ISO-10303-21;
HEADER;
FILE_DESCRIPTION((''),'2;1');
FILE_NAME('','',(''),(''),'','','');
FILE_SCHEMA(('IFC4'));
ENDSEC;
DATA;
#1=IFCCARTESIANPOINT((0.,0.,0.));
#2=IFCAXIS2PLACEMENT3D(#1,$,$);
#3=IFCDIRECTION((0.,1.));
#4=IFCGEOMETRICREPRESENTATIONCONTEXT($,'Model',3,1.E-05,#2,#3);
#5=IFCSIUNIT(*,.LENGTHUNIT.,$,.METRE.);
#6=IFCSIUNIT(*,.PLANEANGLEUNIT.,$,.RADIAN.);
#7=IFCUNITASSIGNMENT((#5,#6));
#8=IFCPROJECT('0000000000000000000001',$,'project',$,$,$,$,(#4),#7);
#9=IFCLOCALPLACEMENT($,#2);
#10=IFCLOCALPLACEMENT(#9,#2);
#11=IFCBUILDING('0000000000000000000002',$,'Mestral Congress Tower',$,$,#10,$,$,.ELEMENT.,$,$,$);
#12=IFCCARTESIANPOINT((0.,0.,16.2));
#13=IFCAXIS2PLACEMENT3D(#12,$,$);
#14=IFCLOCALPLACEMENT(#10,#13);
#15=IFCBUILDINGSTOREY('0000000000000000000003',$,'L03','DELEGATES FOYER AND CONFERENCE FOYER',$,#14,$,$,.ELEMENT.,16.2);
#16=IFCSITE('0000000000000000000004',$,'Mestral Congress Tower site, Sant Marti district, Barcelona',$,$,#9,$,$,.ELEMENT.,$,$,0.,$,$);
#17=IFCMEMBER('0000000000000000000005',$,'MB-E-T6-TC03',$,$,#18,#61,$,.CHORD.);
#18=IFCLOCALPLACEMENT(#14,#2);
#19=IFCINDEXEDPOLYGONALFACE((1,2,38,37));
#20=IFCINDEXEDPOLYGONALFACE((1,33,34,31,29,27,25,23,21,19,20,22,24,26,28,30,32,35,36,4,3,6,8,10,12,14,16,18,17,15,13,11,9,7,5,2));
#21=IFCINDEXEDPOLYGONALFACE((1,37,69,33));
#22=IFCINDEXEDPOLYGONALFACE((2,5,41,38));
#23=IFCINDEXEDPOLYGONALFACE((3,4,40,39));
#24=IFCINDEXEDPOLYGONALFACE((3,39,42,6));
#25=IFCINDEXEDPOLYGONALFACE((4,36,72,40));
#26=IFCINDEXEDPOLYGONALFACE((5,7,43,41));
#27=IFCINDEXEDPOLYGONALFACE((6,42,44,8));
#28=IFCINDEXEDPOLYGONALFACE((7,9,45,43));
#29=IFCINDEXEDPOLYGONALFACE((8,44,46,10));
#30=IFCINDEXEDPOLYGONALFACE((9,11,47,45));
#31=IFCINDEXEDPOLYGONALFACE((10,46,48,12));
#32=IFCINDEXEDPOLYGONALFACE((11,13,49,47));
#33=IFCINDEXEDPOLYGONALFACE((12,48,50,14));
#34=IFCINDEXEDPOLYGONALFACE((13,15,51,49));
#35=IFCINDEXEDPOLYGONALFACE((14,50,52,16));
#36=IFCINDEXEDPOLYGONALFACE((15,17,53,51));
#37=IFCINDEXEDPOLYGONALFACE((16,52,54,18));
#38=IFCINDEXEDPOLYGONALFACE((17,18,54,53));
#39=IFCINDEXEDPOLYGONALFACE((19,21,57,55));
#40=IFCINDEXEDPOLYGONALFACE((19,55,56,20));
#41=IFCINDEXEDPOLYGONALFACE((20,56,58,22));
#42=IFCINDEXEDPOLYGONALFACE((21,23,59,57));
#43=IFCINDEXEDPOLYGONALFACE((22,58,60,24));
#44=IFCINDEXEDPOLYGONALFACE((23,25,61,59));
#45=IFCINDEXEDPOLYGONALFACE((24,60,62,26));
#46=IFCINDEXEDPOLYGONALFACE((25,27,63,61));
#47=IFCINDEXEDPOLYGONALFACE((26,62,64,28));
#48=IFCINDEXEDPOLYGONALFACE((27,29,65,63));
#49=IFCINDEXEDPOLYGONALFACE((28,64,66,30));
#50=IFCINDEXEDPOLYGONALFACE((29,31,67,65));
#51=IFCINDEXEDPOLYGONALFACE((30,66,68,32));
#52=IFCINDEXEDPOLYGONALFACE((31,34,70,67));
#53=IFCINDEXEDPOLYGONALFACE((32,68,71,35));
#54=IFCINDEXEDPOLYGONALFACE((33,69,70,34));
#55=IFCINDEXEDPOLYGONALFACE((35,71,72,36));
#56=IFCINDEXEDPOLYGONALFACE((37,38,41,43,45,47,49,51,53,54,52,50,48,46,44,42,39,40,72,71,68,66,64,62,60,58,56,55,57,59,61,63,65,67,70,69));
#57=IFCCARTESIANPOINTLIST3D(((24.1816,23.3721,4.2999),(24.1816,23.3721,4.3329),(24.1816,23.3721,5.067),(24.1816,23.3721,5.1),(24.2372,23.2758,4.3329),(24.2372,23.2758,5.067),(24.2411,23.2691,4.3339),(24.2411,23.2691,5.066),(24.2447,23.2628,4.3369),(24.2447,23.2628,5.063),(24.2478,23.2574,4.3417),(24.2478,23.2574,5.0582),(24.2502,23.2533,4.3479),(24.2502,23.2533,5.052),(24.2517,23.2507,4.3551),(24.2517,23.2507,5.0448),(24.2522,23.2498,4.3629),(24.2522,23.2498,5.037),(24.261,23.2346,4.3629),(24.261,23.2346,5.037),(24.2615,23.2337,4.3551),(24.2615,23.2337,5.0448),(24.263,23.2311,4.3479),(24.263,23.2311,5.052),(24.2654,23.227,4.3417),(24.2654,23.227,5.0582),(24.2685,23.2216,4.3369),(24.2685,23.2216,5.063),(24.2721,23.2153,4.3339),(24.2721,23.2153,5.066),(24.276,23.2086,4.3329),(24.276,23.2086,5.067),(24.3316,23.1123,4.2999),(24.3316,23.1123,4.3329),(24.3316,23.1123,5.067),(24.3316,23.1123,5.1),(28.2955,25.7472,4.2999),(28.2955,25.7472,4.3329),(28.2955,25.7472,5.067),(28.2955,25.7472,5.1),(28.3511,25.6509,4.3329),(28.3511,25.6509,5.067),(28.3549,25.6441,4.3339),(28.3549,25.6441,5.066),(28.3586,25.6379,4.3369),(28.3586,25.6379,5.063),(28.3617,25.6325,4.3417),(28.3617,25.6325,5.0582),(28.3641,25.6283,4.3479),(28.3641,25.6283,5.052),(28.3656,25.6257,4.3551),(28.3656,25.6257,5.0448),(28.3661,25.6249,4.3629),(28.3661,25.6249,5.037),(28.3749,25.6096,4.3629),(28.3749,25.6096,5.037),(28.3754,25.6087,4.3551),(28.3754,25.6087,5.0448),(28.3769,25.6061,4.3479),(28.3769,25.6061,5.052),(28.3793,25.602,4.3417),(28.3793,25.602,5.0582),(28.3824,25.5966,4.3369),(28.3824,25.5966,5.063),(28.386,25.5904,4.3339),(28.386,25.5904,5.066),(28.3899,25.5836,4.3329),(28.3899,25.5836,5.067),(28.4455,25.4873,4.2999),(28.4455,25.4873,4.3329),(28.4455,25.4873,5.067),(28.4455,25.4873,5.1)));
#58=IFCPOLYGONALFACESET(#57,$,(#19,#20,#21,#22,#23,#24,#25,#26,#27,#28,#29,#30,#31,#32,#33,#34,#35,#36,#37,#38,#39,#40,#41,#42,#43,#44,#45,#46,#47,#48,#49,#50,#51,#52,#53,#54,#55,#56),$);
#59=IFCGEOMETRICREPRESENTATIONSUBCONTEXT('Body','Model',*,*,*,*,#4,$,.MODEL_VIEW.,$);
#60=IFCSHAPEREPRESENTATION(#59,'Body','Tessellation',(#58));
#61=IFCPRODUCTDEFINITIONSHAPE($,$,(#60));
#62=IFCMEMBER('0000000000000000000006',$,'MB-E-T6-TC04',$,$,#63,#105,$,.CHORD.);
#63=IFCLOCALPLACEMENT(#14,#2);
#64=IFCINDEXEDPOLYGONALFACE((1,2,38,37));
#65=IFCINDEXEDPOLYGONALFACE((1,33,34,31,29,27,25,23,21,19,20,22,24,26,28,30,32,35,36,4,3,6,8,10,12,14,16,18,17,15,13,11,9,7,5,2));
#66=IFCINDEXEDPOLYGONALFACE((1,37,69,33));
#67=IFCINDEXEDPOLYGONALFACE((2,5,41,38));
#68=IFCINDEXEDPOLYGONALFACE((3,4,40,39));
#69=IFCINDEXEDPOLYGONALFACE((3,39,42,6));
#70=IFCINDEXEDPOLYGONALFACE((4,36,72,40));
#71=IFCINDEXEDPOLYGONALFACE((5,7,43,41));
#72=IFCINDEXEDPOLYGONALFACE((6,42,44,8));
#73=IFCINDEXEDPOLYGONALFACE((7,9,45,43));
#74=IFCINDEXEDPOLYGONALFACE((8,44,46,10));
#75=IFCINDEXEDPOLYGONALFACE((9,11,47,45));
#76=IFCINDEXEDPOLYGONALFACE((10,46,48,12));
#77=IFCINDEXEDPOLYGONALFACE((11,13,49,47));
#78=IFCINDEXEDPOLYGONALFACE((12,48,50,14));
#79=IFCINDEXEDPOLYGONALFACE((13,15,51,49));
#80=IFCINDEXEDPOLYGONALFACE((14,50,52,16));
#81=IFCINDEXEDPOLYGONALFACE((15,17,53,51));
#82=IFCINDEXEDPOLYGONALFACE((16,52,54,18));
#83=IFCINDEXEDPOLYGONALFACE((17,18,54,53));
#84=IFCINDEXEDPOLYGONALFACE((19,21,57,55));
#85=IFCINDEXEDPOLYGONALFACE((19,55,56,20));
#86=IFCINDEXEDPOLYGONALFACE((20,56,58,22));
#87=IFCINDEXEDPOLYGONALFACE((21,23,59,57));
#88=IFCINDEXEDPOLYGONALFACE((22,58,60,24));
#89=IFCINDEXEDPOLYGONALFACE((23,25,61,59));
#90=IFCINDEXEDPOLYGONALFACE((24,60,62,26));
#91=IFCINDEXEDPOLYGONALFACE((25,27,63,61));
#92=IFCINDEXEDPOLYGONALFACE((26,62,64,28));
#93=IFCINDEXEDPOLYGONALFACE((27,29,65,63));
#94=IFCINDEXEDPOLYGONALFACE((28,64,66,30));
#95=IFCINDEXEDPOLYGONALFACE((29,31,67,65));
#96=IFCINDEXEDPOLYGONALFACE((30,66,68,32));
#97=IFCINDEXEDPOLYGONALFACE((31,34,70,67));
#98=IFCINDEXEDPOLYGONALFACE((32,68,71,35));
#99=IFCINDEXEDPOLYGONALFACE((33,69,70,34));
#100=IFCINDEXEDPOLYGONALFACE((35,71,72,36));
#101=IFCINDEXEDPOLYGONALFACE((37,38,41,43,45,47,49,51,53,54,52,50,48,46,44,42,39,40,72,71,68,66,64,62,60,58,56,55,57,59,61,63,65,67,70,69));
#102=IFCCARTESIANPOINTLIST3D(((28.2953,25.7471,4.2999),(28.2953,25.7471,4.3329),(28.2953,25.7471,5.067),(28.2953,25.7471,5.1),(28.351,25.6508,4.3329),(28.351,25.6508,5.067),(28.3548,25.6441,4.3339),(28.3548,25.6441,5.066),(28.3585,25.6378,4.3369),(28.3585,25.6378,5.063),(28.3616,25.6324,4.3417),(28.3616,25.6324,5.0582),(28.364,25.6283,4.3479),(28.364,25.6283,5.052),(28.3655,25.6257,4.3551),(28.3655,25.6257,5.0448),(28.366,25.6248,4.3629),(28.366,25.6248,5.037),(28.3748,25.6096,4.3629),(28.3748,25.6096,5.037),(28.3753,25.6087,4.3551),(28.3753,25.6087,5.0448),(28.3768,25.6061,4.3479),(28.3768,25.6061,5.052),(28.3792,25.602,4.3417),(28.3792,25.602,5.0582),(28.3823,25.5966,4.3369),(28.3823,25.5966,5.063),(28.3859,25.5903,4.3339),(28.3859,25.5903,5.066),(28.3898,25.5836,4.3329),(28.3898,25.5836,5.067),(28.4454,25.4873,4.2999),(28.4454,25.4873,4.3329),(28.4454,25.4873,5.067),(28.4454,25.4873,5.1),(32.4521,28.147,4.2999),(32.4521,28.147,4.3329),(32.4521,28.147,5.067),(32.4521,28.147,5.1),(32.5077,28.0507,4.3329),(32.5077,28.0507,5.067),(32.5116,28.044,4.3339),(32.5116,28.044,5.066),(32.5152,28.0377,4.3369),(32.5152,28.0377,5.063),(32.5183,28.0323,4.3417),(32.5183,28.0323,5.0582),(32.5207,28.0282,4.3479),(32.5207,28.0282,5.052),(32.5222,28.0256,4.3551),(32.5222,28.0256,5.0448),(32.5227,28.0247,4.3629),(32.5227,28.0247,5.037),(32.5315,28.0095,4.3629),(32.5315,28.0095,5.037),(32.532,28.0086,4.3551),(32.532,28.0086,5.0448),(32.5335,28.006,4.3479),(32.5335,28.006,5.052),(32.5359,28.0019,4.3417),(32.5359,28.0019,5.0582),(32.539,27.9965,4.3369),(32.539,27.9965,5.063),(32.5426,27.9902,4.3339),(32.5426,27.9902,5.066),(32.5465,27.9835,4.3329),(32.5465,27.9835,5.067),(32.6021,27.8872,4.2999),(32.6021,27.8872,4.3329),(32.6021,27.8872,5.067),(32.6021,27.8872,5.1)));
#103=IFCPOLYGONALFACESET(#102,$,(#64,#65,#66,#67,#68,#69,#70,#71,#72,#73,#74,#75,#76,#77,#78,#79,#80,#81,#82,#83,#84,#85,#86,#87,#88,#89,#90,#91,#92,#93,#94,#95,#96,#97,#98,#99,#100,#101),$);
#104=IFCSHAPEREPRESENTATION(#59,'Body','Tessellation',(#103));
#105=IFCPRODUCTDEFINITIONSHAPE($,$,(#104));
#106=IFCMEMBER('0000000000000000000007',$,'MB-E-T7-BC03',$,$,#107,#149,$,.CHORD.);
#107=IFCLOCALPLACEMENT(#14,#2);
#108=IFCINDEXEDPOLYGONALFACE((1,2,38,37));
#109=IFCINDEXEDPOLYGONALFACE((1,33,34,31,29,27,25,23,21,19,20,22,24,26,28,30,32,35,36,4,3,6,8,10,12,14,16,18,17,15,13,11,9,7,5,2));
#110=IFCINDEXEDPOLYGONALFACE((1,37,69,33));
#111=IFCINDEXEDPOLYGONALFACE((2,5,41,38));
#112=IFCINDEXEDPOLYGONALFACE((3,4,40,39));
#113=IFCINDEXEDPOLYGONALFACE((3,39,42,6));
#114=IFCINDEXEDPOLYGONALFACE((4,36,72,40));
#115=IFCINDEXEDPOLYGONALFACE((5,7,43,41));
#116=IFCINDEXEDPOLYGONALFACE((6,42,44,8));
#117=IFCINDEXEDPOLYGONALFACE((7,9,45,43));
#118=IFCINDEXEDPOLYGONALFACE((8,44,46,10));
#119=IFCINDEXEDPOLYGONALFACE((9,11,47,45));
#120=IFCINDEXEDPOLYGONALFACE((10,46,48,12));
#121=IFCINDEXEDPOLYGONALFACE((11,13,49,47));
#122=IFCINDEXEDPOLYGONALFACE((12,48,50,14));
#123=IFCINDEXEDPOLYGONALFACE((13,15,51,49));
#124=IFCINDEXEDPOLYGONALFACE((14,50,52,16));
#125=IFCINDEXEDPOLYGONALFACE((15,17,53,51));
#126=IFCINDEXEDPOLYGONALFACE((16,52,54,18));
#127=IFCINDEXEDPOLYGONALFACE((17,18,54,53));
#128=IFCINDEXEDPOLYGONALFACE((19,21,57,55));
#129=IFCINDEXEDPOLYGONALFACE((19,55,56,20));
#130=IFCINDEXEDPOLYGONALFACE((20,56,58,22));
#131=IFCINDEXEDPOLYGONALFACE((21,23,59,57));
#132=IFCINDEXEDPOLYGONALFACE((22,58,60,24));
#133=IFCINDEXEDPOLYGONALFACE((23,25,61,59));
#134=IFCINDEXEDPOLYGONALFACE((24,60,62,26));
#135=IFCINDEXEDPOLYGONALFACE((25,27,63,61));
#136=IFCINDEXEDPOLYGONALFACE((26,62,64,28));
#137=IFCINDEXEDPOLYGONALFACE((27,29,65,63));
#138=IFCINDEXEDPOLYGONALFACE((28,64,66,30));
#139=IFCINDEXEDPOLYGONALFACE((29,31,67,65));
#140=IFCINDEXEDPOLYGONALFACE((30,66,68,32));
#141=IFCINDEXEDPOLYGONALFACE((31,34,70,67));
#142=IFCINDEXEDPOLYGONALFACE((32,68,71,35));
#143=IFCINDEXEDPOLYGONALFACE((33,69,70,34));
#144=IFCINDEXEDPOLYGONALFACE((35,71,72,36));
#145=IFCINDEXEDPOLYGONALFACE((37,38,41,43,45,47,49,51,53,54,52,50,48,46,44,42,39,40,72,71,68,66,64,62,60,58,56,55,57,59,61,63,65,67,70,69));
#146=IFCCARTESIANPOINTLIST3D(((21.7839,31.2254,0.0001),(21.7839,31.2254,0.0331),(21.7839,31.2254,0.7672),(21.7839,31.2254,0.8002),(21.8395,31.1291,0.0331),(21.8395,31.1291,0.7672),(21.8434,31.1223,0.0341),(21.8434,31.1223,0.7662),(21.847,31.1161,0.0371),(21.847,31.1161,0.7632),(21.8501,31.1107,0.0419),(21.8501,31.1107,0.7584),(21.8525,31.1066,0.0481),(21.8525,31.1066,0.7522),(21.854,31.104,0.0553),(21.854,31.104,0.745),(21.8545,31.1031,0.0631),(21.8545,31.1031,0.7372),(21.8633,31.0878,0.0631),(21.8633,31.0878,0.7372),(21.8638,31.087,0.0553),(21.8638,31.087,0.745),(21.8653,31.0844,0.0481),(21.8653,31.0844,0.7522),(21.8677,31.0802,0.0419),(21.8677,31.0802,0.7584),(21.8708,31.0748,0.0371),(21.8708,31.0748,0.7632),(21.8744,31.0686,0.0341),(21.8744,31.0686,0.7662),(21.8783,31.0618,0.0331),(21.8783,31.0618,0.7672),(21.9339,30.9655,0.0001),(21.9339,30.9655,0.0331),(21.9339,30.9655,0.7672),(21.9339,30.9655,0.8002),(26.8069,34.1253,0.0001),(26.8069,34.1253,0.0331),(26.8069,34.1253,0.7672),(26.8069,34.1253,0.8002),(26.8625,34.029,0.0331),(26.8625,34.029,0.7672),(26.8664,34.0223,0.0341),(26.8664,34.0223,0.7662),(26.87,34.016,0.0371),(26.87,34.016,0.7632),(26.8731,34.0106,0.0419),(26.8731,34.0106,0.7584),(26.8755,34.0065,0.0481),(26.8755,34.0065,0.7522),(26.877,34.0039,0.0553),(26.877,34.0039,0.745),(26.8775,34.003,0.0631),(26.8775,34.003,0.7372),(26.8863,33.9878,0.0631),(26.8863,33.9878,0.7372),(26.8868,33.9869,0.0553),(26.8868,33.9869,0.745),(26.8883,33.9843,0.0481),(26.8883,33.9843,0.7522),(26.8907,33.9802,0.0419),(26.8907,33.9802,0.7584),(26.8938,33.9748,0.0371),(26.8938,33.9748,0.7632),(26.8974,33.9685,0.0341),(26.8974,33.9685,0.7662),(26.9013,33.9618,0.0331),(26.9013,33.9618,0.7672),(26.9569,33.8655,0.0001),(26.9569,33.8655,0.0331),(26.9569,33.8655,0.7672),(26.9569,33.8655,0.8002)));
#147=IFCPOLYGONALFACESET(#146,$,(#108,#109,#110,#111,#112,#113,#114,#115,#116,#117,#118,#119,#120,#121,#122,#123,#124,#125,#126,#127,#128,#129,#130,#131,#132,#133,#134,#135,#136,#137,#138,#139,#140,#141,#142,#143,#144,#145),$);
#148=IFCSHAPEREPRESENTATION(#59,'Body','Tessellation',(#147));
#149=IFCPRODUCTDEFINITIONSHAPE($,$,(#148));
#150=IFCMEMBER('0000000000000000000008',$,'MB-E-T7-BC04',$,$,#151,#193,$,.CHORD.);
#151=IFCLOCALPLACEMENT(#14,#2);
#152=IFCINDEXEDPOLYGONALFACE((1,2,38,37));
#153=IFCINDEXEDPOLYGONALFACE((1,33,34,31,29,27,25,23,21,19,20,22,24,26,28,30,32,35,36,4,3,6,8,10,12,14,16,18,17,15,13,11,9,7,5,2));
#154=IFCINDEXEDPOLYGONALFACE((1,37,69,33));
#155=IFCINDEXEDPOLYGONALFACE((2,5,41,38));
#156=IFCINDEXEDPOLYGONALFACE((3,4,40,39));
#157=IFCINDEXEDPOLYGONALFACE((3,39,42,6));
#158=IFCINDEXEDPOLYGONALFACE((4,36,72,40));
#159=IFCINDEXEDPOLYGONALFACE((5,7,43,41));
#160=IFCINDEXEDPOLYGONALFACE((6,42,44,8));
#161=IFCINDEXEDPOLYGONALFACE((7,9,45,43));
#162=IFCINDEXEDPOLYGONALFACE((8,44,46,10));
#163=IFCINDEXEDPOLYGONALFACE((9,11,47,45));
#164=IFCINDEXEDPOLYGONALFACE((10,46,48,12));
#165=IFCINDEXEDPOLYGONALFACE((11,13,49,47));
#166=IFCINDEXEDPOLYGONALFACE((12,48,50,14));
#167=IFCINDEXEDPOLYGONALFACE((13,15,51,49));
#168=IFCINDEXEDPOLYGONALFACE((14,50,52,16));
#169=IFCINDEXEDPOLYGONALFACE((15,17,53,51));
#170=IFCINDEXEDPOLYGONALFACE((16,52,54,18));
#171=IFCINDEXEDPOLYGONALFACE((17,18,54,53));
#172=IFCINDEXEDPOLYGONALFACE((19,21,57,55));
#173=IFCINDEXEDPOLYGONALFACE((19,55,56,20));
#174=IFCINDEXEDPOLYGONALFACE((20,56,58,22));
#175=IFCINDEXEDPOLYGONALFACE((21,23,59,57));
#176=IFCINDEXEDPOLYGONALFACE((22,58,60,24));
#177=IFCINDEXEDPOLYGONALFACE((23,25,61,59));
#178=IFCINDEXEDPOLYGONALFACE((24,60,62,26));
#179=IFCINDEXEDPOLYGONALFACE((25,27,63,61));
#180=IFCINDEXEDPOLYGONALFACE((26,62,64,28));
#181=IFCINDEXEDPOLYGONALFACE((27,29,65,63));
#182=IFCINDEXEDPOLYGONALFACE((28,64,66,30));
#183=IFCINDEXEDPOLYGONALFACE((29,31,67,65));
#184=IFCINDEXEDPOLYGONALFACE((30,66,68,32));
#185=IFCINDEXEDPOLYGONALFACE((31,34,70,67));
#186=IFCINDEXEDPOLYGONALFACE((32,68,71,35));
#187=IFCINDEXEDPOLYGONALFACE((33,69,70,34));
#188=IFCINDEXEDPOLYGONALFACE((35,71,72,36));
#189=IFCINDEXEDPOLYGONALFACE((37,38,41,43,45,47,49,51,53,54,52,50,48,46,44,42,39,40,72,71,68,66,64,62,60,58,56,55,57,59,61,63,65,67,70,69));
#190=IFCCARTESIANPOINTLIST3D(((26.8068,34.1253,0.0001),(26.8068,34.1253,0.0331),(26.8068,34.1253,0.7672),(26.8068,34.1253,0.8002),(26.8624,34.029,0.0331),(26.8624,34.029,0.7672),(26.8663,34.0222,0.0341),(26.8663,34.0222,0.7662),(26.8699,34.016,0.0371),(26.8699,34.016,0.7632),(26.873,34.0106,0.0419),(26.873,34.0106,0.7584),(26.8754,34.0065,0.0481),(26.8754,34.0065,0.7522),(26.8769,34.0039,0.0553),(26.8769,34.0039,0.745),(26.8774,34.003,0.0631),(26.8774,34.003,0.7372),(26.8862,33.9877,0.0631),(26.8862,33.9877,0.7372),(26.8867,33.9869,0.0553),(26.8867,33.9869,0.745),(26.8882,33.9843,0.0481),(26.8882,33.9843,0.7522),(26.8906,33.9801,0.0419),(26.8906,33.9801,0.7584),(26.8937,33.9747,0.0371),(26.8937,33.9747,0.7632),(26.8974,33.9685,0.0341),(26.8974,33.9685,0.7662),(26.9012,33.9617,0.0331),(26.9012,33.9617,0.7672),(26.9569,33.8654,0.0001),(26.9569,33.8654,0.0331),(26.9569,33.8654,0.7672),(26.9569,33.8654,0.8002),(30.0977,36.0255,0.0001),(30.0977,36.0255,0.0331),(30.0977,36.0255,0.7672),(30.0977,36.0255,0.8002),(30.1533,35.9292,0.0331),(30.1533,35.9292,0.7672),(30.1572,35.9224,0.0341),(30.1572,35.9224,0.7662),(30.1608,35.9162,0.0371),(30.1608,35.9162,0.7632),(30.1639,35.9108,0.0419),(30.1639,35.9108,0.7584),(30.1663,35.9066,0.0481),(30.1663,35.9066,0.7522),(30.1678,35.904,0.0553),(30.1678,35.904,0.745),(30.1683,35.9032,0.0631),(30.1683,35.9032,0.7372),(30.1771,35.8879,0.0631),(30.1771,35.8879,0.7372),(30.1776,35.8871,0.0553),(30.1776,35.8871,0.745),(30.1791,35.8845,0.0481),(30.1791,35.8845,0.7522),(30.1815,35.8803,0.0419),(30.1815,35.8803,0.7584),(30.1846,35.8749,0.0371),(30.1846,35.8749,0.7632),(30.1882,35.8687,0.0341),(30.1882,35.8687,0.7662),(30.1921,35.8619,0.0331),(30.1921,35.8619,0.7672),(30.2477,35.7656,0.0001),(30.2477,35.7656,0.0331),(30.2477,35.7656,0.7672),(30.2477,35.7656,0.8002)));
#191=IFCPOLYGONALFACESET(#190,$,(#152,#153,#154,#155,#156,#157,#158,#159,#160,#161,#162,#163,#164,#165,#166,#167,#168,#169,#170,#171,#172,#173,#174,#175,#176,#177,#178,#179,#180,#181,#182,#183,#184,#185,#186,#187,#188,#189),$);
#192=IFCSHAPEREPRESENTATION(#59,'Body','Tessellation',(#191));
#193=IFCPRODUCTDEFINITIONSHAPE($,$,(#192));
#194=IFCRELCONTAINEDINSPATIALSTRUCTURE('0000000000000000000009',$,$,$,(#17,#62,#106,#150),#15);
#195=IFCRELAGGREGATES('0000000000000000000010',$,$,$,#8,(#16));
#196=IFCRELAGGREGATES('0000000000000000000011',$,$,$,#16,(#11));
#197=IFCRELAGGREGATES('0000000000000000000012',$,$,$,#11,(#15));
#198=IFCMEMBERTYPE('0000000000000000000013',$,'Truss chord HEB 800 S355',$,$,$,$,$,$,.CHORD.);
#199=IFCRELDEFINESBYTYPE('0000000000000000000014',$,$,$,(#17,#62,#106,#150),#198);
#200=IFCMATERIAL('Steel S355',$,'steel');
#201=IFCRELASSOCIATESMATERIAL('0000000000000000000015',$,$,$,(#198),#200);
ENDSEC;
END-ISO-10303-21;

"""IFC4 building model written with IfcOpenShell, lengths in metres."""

from ifc_helpers import new_model, si_unit, direction, frame, origin, origin_2d, place, context, subcontext, project, spatial, i_section, extrude, material, material_profile, profile_set, type_object, element, save


model = new_model("IFC4")

# Units and contexts
model_context = context("Model", 3, precision=1e-05, world=origin(), true_north=direction((0.0, 1.0)))
body_context = subcontext(model_context, "Body", "Model", "MODEL_VIEW")
ifc_project = project(units=[si_unit("LENGTHUNIT", "METRE"), si_unit("PLANEANGLEUNIT", "RADIAN")], contexts=[model_context])

# Site, building, storey
site_placement = place(None, origin())
site = spatial("IfcSite", under=ifc_project, at=site_placement, Name="Mestral Congress Tower site, Sant Marti district, Barcelona", CompositionType="ELEMENT", RefElevation=0.0)
building_placement = place(site_placement, origin())
building = spatial("IfcBuilding", under=site, at=building_placement, Name="Mestral Congress Tower", CompositionType="ELEMENT")
storey_placement = place(building_placement, frame((0.0, 0.0, 16.2)))
storey = spatial("IfcBuildingStorey", under=building, at=storey_placement, Name="L03", Description="DELEGATES FOYER AND CONFERENCE FOYER", CompositionType="ELEMENT", Elevation=16.2)

# Members
ifc_material = material(Name="Steel S355", Category="steel")
ifc_material_profile_1 = material_profile(ifc_material, i_section(OverallWidth=0.3, OverallDepth=0.8, WebThickness=0.0176, FlangeThickness=0.033, FilletRadius=0.03, at=origin_2d()), Name="HEB 800")
ifc_profile_set_1 = profile_set([ifc_material_profile_1], Name="Steel S355")
member_type_1 = type_object("IfcMemberType", Name="Truss chord HEB 800 S355", PredefinedType="CHORD", material=ifc_profile_set_1)
member_1_placement = place(storey_placement, frame((24.2566, 23.2422, 4.7), z_axis=(0.866033, 0.499986, 0.0), x_axis=(-0.499986, 0.866033, 0.0)))
element("IfcMember", 1, at=member_1_placement, inside=storey, type_object=member_type_1, Name="MB-E-T6-TC03", PredefinedType="CHORD", context=body_context, shape_type="SweptSolid", body=[
    extrude(i_section(OverallWidth=0.3, OverallDepth=0.8, WebThickness=0.0176, FlangeThickness=0.033, FilletRadius=0.03, at=origin_2d()), origin(), (0.0, 0.0, 1.0), 4.7502),
])
member_2_placement = place(storey_placement, frame((28.3704, 25.6172, 4.7), z_axis=(0.866025, 0.500001, 0.0), x_axis=(-0.500001, 0.866025, 0.0)))
element("IfcMember", 2, at=member_2_placement, inside=storey, type_object=member_type_1, Name="MB-E-T6-TC04", PredefinedType="CHORD", context=body_context, shape_type="SweptSolid", body=[
    extrude(i_section(OverallWidth=0.3, OverallDepth=0.8, WebThickness=0.0176, FlangeThickness=0.033, FilletRadius=0.03, at=origin_2d()), origin(), (0.0, 0.0, 1.0), 4.7998),
])
member_3_placement = place(storey_placement, frame((21.8589, 31.0955, 0.4001), z_axis=(0.866033, 0.499987, 0.0), x_axis=(-0.499987, 0.866033, 0.0)))
element("IfcMember", 3, at=member_3_placement, inside=storey, type_object=member_type_1, Name="MB-E-T7-BC03", PredefinedType="CHORD", context=body_context, shape_type="SweptSolid", body=[
    extrude(i_section(OverallWidth=0.3, OverallDepth=0.8, WebThickness=0.0176, FlangeThickness=0.033, FilletRadius=0.03, at=origin_2d()), origin(), (0.0, 0.0, 1.0), 5.8),
])
member_4_placement = place(storey_placement, frame((26.8818, 33.9954, 0.4001), z_axis=(0.866, 0.500043, 0.0), x_axis=(-0.500043, 0.866, 0.0)))
element("IfcMember", 4, at=member_4_placement, inside=storey, type_object=member_type_1, Name="MB-E-T7-BC04", PredefinedType="CHORD", context=body_context, shape_type="SweptSolid", body=[
    extrude(i_section(OverallWidth=0.3, OverallDepth=0.8, WebThickness=0.0176, FlangeThickness=0.033, FilletRadius=0.03, at=origin_2d()), origin(), (0.0, 0.0, 1.0), 3.8),
])

save(model, "model.ifc")
